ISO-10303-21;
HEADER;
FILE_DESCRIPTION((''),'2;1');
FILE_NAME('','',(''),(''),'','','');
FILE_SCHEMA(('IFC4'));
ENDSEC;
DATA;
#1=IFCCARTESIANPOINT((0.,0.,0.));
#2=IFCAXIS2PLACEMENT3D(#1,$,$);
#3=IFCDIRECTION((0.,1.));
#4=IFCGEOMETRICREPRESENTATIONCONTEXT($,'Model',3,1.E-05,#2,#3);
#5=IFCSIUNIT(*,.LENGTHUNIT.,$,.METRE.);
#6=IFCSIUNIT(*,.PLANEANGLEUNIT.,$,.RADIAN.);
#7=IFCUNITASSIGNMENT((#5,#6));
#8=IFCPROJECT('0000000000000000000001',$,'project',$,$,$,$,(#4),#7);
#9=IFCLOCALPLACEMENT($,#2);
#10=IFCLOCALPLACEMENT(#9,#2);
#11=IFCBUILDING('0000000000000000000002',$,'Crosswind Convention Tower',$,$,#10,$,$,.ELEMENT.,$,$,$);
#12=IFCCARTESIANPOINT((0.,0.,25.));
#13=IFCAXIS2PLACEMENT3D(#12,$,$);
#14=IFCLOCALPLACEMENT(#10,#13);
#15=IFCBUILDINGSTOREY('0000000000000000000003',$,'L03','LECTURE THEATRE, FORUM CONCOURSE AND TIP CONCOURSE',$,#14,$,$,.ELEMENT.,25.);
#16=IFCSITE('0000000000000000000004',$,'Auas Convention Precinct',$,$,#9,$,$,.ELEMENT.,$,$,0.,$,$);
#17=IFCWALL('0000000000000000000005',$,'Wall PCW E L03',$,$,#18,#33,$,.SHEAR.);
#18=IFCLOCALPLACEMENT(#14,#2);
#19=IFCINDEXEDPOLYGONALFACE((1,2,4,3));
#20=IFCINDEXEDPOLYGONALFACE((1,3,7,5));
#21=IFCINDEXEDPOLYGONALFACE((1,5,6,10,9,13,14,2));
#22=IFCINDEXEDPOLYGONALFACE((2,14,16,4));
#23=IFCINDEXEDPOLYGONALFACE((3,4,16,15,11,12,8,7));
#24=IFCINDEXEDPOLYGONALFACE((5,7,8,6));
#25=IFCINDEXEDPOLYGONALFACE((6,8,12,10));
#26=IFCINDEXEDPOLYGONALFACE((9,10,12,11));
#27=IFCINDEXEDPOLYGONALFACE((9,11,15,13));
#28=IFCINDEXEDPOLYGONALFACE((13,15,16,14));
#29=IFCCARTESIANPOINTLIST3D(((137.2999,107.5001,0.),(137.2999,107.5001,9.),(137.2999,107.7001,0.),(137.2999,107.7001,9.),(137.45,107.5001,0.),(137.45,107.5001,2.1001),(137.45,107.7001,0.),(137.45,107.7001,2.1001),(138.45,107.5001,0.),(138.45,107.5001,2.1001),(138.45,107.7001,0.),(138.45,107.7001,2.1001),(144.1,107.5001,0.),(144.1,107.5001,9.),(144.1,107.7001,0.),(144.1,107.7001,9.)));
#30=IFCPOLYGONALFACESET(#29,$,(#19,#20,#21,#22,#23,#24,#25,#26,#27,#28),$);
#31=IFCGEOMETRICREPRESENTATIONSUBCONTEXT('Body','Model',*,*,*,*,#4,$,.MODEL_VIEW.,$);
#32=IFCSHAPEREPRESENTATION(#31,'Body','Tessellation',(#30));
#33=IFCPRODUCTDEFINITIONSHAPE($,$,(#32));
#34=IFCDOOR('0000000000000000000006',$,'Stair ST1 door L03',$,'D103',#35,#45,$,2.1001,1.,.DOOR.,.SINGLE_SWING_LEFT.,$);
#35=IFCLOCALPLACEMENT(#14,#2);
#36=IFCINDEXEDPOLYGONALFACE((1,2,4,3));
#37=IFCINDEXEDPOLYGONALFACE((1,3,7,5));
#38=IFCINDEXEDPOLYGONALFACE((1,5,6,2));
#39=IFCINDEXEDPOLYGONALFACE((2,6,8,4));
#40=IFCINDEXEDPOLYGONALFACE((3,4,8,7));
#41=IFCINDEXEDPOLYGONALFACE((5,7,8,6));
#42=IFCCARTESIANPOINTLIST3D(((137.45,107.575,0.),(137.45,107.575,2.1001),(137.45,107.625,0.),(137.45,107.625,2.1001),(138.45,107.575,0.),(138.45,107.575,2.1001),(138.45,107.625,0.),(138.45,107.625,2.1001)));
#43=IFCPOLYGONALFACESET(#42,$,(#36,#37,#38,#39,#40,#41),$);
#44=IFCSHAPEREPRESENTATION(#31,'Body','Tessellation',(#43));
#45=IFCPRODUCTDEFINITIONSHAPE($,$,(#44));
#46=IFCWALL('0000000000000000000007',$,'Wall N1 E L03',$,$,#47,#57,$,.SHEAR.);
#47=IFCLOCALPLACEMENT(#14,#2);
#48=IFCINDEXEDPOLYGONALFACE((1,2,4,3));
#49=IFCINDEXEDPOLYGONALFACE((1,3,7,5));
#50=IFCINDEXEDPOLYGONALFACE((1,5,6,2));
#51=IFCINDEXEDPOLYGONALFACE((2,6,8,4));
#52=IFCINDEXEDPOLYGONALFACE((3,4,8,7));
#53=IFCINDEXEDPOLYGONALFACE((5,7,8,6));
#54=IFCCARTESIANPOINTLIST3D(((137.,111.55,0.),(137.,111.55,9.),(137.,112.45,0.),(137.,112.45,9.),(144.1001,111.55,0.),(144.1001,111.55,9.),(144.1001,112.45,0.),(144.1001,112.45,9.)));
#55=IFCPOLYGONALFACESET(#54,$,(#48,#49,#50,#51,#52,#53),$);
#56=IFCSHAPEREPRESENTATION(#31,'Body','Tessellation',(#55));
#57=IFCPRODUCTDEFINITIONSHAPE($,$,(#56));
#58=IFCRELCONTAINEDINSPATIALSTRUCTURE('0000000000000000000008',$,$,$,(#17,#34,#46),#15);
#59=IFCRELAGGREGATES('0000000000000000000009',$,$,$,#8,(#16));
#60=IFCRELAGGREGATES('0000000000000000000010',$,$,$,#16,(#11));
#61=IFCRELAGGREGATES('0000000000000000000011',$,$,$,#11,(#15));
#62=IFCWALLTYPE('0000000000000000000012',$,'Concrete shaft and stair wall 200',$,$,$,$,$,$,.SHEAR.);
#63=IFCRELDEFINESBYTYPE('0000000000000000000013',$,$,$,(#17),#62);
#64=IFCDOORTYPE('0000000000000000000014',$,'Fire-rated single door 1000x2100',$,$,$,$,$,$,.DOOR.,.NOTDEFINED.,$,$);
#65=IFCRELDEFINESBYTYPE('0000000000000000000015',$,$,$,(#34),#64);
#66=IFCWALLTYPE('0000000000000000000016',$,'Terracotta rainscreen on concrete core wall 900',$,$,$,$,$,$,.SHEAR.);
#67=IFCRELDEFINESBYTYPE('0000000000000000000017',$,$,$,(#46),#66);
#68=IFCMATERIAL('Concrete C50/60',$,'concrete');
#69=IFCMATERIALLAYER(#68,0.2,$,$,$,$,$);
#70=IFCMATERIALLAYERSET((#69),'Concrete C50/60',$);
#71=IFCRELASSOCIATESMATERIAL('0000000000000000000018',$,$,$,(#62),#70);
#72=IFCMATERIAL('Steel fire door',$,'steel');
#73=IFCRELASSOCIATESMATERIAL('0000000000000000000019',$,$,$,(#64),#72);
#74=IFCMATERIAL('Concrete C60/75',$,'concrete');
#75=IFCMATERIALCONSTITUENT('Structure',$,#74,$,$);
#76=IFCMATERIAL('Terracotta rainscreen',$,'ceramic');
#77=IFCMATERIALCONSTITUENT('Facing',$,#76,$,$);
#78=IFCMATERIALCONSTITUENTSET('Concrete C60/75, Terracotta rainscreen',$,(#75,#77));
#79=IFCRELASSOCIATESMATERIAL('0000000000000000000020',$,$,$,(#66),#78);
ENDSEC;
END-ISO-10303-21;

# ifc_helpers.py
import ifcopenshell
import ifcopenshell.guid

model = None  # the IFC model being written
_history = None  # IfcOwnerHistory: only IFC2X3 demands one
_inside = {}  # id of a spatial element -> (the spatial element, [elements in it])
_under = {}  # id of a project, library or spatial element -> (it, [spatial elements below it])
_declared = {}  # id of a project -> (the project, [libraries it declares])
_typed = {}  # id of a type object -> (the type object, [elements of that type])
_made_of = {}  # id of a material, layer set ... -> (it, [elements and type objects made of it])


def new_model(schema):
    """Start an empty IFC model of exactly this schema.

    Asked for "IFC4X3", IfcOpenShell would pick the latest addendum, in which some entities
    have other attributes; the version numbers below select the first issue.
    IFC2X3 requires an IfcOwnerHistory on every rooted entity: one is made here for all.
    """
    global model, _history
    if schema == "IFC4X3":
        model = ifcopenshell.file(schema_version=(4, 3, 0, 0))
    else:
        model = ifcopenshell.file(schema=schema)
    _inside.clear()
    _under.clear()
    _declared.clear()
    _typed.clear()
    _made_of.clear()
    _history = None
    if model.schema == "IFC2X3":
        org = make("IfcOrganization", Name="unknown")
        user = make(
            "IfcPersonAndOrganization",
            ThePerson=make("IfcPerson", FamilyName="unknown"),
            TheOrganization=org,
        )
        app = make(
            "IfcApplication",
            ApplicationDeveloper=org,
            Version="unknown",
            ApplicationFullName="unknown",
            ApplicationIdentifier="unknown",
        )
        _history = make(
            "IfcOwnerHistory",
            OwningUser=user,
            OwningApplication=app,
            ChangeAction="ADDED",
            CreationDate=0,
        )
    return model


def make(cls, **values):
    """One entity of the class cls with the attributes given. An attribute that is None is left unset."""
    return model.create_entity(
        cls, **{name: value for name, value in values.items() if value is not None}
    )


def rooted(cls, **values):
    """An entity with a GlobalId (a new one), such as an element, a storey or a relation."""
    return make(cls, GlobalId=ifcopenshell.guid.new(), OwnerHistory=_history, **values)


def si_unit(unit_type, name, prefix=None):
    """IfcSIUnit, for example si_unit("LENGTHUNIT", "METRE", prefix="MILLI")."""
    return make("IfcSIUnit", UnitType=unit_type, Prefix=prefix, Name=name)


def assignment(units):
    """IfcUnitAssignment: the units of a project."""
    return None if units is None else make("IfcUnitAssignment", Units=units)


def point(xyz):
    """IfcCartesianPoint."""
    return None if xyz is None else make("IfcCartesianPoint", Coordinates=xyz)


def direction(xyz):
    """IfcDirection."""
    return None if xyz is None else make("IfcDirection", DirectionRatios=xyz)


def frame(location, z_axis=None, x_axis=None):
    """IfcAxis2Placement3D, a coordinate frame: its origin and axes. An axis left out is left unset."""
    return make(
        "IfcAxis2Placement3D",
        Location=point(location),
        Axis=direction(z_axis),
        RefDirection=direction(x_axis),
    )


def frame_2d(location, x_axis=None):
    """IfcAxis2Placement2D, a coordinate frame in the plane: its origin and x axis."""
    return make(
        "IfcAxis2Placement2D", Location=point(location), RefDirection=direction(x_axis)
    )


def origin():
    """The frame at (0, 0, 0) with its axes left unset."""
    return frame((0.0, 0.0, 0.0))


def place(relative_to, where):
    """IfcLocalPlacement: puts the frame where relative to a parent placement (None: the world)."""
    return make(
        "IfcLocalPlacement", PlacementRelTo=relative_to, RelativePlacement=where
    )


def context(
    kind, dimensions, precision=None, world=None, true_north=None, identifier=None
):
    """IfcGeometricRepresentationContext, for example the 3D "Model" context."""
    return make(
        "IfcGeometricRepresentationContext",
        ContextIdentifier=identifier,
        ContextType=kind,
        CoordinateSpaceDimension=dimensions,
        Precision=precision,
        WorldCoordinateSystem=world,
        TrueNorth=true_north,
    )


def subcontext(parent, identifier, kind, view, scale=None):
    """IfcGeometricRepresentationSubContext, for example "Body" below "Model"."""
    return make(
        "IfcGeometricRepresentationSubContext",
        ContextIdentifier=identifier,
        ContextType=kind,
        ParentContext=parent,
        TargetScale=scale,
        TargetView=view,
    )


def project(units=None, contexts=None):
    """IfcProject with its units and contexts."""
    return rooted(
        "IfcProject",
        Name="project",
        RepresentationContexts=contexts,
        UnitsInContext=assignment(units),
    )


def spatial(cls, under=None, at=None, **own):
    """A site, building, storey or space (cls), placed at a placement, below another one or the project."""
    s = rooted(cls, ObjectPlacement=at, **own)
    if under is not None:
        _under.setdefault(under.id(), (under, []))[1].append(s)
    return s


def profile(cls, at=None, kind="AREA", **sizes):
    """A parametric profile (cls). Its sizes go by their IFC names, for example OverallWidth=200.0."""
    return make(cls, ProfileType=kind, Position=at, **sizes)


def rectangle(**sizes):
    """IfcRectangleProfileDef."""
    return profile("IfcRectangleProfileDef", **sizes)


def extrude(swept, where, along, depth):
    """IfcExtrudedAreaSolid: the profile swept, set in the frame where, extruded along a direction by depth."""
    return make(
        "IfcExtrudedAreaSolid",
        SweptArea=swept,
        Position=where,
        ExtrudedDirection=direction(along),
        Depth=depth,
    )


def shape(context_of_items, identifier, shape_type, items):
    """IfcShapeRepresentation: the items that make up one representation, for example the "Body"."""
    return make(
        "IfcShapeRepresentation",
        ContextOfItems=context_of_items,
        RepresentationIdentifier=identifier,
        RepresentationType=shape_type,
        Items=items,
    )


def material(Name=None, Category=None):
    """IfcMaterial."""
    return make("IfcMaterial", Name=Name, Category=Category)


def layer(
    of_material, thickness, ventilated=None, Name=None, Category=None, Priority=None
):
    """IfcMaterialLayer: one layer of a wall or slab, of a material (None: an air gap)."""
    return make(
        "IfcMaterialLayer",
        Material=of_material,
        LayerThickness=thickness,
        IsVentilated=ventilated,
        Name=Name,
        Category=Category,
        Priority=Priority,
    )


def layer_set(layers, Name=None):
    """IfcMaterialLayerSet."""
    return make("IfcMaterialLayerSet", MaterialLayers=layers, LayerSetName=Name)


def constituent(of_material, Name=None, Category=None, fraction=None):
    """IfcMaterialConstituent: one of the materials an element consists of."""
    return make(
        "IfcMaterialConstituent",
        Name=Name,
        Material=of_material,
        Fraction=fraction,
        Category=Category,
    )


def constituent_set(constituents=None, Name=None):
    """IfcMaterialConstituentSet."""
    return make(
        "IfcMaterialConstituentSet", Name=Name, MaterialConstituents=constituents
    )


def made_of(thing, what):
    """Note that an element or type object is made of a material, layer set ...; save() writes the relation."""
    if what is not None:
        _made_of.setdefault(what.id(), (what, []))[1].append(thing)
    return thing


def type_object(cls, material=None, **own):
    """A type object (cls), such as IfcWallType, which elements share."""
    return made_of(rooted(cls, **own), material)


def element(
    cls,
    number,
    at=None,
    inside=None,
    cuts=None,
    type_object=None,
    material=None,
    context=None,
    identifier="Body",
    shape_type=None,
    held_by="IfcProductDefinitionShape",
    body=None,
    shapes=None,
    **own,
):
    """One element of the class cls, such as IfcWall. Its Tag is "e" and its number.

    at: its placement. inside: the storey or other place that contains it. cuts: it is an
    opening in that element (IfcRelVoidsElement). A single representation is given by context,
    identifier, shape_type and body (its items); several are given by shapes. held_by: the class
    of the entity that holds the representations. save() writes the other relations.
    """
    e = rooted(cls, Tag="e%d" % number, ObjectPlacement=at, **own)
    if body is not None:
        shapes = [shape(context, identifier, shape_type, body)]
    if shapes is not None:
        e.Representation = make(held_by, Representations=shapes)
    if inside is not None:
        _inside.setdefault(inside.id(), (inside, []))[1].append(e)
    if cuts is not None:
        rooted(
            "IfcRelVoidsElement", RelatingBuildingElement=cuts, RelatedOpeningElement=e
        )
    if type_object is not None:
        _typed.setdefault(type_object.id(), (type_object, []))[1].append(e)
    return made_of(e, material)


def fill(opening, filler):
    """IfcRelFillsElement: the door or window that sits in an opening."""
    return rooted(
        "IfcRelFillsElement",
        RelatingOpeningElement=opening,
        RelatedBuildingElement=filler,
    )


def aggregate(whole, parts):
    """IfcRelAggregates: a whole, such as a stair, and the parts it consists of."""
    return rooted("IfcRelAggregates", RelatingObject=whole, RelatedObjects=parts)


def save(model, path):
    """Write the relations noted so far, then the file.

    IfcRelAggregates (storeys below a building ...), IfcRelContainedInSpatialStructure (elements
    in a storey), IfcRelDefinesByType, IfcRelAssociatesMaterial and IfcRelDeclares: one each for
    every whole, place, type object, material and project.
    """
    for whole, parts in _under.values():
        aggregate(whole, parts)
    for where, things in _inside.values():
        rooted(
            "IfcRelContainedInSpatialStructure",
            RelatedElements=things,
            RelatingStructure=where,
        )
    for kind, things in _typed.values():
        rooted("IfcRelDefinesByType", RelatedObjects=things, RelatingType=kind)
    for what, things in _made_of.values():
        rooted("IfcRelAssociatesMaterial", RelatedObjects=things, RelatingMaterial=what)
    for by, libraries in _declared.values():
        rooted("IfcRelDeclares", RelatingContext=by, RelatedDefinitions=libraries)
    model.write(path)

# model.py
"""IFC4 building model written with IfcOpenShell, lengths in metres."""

from ifc_helpers import new_model, si_unit, direction, frame, frame_2d, origin, place, context, subcontext, project, spatial, rectangle, extrude, material, layer, layer_set, constituent, constituent_set, type_object, element, fill, save


model = new_model("IFC4")

# Units and contexts
model_context = context("Model", 3, precision=1e-05, world=origin(), true_north=direction((0.0, 1.0)))
body_context = subcontext(model_context, "Body", "Model", "MODEL_VIEW")
ifc_project = project(units=[si_unit("LENGTHUNIT", "METRE"), si_unit("PLANEANGLEUNIT", "RADIAN")], contexts=[model_context])

# Site, building, storey
site_placement = place(None, origin())
site = spatial("IfcSite", under=ifc_project, at=site_placement, Name="Auas Convention Precinct", CompositionType="ELEMENT", RefElevation=0.0)
building_placement = place(site_placement, origin())
building = spatial("IfcBuilding", under=site, at=building_placement, Name="Crosswind Convention Tower", CompositionType="ELEMENT")
storey_placement = place(building_placement, frame((0.0, 0.0, 25.0)))
storey = spatial("IfcBuildingStorey", under=building, at=storey_placement, Name="L03", Description="LECTURE THEATRE, FORUM CONCOURSE AND TIP CONCOURSE", CompositionType="ELEMENT", Elevation=25.0)

# Shared definitions
ifc_material_1 = material(Name="Concrete C50/60", Category="concrete")

# Wall, opening, door
ifc_layer_1 = layer(ifc_material_1, 0.2)
ifc_layer_set_1 = layer_set([ifc_layer_1], Name="Concrete C50/60")
wall_type_1 = type_object("IfcWallType", Name="Concrete shaft and stair wall 200", PredefinedType="SHEAR", material=ifc_layer_set_1)
ifc_material_2 = material(Name="Steel fire door", Category="steel")
wall_1_placement = place(storey_placement, frame((137.3, 107.6001, 0.0), z_axis=(0.0, 0.0, 1.0), x_axis=(1.0, 0.0, 0.0)))
wall_1 = element("IfcWall", 1, at=wall_1_placement, inside=storey, type_object=wall_type_1, Name="Wall PCW E L03", PredefinedType="SHEAR", context=body_context, shape_type="SweptSolid", body=[
    extrude(rectangle(XDim=6.8, YDim=0.2, at=frame_2d((3.3999, 0.0))), origin(), (0.0, 0.0, 1.0), 9.0),
])
opening_1_placement = place(wall_1_placement, frame((0.1499, 0.0, 0.0)))
opening_1 = element("IfcOpeningElement", 2, at=opening_1_placement, cuts=wall_1, PredefinedType="OPENING", context=body_context, shape_type="SweptSolid", body=[
    extrude(rectangle(XDim=1.0, YDim=2.1001, at=frame_2d((0.5, 1.05))), frame((0.0, 0.1099, 0.0), z_axis=(0.0, -1.0, 0.0), x_axis=(1.0, 0.0, 0.0)), (0.0, 0.0, 1.0), 0.22),
])
door_type_1 = type_object("IfcDoorType", Name="Fire-rated single door 1000x2100", OperationType="NOTDEFINED", PredefinedType="DOOR", material=ifc_material_2)
door_1_placement = place(opening_1_placement, origin())
door_1 = element("IfcDoor", 3, at=door_1_placement, inside=storey, type_object=door_type_1, Name="Stair ST1 door L03", ObjectType="D103", OperationType="SINGLE_SWING_LEFT", OverallHeight=2.1001, OverallWidth=1.0, PredefinedType="DOOR", context=body_context, shape_type="SweptSolid", body=[
    extrude(rectangle(XDim=1.0, YDim=2.1001, at=frame_2d((0.5, 1.05))), frame((0.0, 0.0249, 0.0), z_axis=(0.0, -1.0, 0.0), x_axis=(1.0, 0.0, 0.0)), (0.0, 0.0, 1.0), 0.05),
])
fill(opening_1, door_1)

# Wall
ifc_material_3 = material(Name="Concrete C60/75", Category="concrete")
ifc_constituent_1 = constituent(ifc_material_3, Name="Structure")
ifc_material_4 = material(Name="Terracotta rainscreen", Category="ceramic")
ifc_constituent_2 = constituent(ifc_material_4, Name="Facing")
ifc_constituent_set = constituent_set(constituents=[ifc_constituent_1, ifc_constituent_2], Name="Concrete C60/75, Terracotta rainscreen")
wall_type_2 = type_object("IfcWallType", Name="Terracotta rainscreen on concrete core wall 900", PredefinedType="SHEAR", material=ifc_constituent_set)
wall_2_placement = place(storey_placement, frame((137.0, 112.0, 0.0), z_axis=(0.0, 0.0, 1.0), x_axis=(1.0, 0.0, 0.0)))
element("IfcWall", 4, at=wall_2_placement, inside=storey, type_object=wall_type_2, Name="Wall N1 E L03", PredefinedType="SHEAR", context=body_context, shape_type="SweptSolid", body=[
    extrude(rectangle(XDim=7.1001, YDim=0.8999, at=frame_2d((3.55, 0.0))), origin(), (0.0, 0.0, 1.0), 9.0),
])

save(model, "model.ifc")
